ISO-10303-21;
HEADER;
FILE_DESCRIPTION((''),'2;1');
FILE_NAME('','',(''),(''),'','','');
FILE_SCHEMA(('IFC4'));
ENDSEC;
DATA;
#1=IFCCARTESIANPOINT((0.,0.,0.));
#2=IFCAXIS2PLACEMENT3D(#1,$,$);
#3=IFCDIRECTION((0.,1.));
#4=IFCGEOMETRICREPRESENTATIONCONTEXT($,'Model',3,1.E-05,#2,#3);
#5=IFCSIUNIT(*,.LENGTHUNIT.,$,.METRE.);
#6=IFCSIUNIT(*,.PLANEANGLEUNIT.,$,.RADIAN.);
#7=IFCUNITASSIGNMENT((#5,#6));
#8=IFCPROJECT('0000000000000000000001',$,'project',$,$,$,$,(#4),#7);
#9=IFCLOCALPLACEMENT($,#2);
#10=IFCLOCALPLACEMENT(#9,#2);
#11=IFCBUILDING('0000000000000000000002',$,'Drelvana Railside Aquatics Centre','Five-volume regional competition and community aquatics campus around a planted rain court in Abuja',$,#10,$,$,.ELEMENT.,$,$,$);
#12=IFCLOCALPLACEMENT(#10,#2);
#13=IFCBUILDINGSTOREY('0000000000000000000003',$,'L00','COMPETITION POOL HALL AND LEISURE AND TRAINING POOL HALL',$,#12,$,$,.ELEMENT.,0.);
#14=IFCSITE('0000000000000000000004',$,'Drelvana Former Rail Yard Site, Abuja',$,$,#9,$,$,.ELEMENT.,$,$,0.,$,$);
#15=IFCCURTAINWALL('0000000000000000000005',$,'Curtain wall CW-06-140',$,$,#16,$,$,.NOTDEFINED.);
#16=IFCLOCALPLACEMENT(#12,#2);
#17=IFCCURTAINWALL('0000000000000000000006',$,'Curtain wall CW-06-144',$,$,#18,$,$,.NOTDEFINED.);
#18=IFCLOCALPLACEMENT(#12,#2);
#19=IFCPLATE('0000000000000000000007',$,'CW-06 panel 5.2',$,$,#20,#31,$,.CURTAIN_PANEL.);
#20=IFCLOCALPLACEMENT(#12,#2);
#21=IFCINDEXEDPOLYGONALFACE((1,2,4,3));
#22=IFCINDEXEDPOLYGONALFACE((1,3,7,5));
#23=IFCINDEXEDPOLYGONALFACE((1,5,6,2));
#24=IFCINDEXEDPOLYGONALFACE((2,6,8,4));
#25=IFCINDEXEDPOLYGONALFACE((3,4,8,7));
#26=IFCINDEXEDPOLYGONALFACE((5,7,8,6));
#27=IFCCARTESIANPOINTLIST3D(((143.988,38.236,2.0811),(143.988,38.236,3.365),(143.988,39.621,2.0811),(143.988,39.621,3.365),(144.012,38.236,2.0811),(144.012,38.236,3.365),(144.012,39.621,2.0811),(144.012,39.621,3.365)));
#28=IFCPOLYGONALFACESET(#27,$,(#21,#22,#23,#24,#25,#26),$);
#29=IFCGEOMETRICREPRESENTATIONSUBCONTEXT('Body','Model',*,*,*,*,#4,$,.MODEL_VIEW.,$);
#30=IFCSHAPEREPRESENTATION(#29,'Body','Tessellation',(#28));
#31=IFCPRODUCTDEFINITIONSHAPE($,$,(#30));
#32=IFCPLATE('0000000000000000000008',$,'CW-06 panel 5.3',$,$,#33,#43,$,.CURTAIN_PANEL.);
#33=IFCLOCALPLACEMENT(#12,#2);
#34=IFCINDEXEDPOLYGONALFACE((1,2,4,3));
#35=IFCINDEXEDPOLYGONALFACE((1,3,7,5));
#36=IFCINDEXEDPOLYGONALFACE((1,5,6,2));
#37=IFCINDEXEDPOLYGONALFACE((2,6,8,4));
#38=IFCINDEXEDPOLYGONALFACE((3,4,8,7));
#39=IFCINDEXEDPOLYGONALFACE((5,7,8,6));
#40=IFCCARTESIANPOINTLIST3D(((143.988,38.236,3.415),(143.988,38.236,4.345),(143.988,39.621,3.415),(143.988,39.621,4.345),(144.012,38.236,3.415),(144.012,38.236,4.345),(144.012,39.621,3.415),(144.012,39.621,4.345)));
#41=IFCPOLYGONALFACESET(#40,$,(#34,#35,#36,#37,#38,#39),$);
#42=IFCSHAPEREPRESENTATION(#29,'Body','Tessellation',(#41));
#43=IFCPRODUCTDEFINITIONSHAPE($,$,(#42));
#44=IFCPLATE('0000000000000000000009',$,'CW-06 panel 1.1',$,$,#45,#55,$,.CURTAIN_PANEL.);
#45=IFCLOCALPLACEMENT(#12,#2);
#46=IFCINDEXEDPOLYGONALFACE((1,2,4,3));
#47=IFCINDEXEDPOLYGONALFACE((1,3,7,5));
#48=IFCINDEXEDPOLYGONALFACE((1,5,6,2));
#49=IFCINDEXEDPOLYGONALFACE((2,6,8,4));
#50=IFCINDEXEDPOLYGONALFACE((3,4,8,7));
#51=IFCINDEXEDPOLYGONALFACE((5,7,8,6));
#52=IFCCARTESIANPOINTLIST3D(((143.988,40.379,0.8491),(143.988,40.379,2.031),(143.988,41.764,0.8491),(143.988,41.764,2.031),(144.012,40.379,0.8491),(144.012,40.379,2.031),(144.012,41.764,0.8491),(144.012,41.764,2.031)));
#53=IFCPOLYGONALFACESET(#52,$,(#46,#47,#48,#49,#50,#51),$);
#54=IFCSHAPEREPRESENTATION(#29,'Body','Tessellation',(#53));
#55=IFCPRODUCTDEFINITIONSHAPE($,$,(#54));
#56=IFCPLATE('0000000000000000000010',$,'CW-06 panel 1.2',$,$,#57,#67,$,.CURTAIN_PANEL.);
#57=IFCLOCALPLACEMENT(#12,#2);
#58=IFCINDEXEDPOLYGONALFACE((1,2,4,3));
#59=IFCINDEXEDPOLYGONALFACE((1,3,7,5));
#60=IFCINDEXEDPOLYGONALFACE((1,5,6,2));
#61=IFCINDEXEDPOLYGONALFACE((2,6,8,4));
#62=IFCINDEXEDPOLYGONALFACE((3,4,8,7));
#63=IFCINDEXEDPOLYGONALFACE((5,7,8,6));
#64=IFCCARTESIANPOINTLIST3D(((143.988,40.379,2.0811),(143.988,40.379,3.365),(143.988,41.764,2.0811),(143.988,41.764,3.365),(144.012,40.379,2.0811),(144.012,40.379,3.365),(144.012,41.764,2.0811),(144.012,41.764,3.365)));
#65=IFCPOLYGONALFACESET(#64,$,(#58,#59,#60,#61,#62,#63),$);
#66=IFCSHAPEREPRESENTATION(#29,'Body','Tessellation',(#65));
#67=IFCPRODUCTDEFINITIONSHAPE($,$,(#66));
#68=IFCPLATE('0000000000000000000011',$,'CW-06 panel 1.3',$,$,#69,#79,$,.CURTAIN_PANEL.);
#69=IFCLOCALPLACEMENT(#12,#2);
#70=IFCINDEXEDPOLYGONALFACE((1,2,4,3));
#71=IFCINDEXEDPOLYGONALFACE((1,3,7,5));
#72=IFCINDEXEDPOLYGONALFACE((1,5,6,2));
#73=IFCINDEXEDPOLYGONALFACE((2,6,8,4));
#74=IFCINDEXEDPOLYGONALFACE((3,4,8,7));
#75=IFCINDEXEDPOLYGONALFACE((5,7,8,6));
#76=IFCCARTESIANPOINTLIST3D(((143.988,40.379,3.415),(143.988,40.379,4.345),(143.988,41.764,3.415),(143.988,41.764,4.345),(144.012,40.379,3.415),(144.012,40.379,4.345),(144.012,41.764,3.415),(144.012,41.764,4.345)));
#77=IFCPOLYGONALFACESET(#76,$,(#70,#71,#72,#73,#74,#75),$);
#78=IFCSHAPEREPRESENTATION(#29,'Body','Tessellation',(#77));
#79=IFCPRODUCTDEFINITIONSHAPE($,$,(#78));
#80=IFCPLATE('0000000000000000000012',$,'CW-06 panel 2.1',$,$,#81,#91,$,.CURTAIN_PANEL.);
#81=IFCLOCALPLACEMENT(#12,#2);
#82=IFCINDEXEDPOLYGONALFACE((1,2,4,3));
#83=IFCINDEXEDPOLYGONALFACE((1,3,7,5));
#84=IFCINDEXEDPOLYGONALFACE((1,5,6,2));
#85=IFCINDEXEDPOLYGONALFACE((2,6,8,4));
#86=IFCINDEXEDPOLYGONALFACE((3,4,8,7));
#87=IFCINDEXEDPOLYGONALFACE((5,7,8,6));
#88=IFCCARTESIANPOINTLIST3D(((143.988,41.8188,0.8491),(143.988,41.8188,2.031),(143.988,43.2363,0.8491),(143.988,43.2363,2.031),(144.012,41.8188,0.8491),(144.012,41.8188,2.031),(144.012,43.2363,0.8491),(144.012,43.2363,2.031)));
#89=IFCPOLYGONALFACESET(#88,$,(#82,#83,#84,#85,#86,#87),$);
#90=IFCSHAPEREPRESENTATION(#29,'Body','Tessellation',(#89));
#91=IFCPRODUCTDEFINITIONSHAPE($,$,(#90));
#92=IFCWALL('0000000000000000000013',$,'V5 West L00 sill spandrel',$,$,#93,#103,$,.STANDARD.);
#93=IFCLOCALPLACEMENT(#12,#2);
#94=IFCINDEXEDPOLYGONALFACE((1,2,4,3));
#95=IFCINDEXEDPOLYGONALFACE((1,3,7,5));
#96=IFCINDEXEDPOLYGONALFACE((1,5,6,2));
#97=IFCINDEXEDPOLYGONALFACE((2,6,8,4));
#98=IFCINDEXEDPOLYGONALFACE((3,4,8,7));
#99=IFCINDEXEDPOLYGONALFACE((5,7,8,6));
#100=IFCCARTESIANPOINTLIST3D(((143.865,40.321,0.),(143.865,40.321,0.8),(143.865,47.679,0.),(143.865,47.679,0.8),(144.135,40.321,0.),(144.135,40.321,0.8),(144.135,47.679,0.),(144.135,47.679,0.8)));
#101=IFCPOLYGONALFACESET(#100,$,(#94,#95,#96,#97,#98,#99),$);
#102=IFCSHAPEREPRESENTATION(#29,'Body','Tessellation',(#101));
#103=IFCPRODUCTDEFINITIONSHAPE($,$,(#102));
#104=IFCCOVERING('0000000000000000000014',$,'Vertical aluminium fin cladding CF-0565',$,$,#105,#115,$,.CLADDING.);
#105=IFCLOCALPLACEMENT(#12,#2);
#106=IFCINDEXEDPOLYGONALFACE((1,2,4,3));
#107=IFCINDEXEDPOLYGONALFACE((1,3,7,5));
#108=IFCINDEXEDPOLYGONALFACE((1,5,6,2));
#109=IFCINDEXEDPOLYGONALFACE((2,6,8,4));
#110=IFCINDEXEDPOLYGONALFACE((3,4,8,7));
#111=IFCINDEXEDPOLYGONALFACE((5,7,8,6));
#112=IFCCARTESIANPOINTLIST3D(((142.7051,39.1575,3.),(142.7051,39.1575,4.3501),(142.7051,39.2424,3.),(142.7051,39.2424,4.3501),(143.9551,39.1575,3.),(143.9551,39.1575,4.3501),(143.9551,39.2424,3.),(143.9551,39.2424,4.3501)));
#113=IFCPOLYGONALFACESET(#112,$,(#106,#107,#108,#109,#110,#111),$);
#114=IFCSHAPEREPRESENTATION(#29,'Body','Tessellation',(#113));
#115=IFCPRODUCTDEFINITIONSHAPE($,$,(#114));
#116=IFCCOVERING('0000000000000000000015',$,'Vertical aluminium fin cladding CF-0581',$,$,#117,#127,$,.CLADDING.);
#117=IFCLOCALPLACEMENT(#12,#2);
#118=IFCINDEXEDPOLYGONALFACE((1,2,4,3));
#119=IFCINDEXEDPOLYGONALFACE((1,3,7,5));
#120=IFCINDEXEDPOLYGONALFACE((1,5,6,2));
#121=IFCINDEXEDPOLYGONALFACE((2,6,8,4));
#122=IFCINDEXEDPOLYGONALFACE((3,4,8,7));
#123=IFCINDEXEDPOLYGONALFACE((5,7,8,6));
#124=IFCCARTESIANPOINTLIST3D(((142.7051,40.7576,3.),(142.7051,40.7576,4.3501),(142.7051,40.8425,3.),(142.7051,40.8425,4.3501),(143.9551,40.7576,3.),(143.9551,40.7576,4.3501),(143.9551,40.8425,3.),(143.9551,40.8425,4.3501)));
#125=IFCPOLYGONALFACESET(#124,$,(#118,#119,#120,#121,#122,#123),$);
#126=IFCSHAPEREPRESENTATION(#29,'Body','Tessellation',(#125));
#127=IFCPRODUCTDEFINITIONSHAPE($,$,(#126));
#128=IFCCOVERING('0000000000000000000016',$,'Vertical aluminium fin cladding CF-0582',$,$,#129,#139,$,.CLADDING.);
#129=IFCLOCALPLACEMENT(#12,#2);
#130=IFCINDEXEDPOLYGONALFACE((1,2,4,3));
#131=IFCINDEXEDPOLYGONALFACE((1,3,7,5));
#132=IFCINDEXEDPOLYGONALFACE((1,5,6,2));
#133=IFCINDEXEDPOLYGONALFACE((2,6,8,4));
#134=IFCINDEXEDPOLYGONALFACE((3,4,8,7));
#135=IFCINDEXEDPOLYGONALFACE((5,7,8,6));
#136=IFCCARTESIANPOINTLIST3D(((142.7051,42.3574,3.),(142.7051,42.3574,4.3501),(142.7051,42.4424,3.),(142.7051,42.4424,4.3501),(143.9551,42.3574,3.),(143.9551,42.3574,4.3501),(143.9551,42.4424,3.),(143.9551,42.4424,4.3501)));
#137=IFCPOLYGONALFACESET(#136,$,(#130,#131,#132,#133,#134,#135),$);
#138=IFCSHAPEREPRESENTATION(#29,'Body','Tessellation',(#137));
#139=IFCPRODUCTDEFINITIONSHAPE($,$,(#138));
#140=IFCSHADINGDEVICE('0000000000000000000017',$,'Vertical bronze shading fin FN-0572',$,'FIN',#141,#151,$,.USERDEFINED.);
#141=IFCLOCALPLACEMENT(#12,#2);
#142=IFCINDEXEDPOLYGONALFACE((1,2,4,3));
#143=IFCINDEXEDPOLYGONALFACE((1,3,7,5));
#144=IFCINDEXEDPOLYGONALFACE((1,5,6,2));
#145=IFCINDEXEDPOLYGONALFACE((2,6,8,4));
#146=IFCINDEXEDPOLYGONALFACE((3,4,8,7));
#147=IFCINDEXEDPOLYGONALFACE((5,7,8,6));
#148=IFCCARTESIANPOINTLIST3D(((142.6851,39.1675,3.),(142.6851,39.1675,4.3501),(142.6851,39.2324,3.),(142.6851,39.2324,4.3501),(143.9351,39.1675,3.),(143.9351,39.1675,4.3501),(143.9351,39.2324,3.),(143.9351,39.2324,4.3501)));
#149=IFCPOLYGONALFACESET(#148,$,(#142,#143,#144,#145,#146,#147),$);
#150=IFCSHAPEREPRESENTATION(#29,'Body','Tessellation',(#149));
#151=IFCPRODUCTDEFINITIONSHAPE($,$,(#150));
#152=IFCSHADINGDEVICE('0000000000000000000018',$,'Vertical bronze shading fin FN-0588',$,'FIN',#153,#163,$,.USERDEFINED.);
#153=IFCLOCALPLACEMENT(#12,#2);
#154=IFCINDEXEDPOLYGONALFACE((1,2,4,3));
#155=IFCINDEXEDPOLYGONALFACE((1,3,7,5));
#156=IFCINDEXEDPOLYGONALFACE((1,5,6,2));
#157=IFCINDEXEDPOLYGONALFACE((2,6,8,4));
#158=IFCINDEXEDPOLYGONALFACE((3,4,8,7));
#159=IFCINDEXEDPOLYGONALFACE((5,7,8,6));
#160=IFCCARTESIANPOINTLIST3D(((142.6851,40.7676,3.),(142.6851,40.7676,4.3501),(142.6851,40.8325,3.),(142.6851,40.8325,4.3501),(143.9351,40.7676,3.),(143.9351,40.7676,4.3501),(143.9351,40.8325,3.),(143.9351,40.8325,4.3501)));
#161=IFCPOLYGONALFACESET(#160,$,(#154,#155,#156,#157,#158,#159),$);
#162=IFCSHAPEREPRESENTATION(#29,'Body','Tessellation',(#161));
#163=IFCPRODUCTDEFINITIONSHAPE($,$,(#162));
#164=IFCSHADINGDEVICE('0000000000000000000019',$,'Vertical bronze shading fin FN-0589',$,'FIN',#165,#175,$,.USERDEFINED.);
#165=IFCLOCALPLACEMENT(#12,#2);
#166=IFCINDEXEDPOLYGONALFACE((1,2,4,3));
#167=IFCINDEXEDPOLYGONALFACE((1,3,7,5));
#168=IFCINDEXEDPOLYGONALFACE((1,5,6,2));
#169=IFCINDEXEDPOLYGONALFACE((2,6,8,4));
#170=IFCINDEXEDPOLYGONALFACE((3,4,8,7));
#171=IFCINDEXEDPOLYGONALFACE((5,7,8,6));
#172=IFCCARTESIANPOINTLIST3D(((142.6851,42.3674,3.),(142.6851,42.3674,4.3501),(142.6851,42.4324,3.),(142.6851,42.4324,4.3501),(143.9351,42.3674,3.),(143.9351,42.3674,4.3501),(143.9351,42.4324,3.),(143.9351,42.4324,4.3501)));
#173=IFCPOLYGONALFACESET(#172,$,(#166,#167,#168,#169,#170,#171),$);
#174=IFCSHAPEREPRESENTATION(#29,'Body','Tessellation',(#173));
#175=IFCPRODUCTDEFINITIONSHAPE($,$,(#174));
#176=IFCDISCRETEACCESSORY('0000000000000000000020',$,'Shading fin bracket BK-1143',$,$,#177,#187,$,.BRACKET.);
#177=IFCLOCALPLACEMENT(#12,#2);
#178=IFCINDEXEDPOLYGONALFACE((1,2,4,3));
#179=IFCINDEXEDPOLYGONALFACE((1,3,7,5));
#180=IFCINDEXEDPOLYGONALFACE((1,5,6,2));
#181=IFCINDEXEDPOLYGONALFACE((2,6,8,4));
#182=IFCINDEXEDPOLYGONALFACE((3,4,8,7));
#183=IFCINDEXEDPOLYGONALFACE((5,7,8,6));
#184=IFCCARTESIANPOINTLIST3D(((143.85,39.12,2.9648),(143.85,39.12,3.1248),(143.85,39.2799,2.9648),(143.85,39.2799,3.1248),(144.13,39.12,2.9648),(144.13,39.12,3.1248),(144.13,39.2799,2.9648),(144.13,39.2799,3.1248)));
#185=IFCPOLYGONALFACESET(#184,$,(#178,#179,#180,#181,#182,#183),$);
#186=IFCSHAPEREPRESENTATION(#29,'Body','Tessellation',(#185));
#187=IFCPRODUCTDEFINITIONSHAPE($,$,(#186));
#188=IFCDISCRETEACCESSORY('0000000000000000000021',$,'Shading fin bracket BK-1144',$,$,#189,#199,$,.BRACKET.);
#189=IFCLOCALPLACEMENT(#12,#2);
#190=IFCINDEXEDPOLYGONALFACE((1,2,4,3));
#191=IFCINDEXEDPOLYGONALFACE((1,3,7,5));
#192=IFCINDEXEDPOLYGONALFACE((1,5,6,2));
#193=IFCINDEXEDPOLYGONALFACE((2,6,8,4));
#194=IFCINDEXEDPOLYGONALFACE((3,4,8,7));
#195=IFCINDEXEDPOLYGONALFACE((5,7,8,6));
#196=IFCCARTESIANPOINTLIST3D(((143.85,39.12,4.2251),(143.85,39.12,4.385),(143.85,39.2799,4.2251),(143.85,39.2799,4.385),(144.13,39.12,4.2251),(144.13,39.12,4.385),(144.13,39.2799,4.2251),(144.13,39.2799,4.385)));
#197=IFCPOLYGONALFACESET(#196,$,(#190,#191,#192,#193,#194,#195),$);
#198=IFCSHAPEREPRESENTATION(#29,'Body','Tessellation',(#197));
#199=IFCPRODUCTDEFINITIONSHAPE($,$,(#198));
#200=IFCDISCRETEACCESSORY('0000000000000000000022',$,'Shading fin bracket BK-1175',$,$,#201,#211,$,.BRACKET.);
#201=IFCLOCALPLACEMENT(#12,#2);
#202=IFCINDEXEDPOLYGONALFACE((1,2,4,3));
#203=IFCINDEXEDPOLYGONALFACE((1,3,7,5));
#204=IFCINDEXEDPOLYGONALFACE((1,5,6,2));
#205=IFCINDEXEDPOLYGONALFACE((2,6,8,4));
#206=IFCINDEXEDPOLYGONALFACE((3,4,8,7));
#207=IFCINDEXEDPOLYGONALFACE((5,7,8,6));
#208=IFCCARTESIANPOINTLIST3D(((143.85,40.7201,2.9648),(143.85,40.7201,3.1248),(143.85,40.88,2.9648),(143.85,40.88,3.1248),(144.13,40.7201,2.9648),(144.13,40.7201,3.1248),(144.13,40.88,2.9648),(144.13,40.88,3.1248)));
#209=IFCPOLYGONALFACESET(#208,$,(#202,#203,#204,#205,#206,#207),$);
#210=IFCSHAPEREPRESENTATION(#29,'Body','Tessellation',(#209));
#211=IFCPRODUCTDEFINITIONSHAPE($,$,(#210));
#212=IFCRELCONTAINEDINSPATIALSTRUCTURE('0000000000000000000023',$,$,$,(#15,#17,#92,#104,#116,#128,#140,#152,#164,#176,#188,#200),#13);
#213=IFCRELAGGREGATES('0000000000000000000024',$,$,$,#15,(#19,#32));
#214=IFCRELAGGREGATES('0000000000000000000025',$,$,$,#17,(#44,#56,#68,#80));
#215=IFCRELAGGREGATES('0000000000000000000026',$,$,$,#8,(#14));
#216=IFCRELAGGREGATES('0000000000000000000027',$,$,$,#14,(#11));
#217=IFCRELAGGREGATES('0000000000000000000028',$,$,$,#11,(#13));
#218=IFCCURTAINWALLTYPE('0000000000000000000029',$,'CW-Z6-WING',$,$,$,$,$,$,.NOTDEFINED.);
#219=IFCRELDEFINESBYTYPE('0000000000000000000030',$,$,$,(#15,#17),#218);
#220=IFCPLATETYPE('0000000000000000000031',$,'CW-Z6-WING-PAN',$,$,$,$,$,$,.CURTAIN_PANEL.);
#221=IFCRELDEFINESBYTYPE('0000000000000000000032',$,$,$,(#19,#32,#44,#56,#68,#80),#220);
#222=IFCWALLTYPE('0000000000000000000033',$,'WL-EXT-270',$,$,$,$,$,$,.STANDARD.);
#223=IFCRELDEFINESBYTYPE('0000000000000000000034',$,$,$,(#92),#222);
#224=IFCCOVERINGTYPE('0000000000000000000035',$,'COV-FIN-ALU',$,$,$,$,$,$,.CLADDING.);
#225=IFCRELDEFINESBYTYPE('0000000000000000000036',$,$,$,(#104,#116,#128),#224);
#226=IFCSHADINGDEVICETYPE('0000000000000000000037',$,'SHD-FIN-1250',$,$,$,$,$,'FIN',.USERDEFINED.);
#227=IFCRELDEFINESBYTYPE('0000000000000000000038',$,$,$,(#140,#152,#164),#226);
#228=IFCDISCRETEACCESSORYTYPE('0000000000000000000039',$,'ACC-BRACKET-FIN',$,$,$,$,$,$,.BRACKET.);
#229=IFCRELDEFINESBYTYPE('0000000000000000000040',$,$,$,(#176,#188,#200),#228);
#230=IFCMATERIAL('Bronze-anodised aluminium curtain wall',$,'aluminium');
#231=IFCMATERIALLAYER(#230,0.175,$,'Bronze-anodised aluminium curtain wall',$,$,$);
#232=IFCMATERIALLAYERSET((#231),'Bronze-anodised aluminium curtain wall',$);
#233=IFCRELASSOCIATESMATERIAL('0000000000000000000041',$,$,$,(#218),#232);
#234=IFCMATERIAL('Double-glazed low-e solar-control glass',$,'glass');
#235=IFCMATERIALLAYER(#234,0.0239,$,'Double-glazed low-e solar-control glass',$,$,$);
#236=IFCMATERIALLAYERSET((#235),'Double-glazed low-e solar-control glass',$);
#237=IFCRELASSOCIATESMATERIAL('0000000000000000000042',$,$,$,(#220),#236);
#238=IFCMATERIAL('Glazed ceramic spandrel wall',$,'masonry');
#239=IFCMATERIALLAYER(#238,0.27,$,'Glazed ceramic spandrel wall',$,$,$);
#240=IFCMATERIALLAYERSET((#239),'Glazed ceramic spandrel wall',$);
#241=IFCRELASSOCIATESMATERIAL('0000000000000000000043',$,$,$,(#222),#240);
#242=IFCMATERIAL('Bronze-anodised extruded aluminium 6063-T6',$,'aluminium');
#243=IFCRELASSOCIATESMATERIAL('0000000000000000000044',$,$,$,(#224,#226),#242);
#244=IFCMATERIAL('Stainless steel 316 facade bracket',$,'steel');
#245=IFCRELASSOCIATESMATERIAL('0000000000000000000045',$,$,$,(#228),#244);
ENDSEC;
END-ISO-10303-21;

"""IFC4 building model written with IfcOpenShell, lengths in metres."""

from ifc_helpers import new_model, si_unit, direction, frame, frame_2d, origin, origin_2d, place, context, subcontext, project, spatial, rectangle, extrude, material, layer, layer_set, type_object, element, aggregate, save


model = new_model("IFC4")

# Units and contexts
model_context = context("Model", 3, precision=1e-05, world=origin(), true_north=direction((0.0, 1.0)))
body_context = subcontext(model_context, "Body", "Model", "MODEL_VIEW")
ifc_project = project(units=[si_unit("LENGTHUNIT", "METRE"), si_unit("PLANEANGLEUNIT", "RADIAN")], contexts=[model_context])

# Site, building, storey
site_placement = place(None, origin())
site = spatial("IfcSite", under=ifc_project, at=site_placement, Name="Drelvana Former Rail Yard Site, Abuja", CompositionType="ELEMENT", RefElevation=0.0)
building_placement = place(site_placement, origin())
building = spatial("IfcBuilding", under=site, at=building_placement, Name="Drelvana Railside Aquatics Centre", Description="Five-volume regional competition and community aquatics campus around a planted rain court in Abuja", CompositionType="ELEMENT")
storey_placement = place(building_placement, origin())
storey = spatial("IfcBuildingStorey", under=building, at=storey_placement, Name="L00", Description="COMPETITION POOL HALL AND LEISURE AND TRAINING POOL HALL", CompositionType="ELEMENT", Elevation=0.0)

# Curtain wall
ifc_material_1 = material(Name="Bronze-anodised aluminium curtain wall", Category="aluminium")
ifc_layer_1 = layer(ifc_material_1, 0.175, Name="Bronze-anodised aluminium curtain wall")
ifc_layer_set_1 = layer_set([ifc_layer_1], Name="Bronze-anodised aluminium curtain wall")
curtain_wall_type = type_object("IfcCurtainWallType", Name="CW-Z6-WING", PredefinedType="NOTDEFINED", material=ifc_layer_set_1)
curtain_wall_1_placement = place(storey_placement, origin())
curtain_wall_1 = element("IfcCurtainWall", 1, at=curtain_wall_1_placement, inside=storey, type_object=curtain_wall_type, Name="Curtain wall CW-06-140", PredefinedType="NOTDEFINED")

# Curtain wall
curtain_wall_2_placement = place(storey_placement, origin())
curtain_wall_2 = element("IfcCurtainWall", 2, at=curtain_wall_2_placement, inside=storey, type_object=curtain_wall_type, Name="Curtain wall CW-06-144", PredefinedType="NOTDEFINED")

# Plates
ifc_material_2 = material(Name="Double-glazed low-e solar-control glass", Category="glass")
ifc_layer_2 = layer(ifc_material_2, 0.0239, Name="Double-glazed low-e solar-control glass")
ifc_layer_set_2 = layer_set([ifc_layer_2], Name="Double-glazed low-e solar-control glass")
plate_type = type_object("IfcPlateType", Name="CW-Z6-WING-PAN", PredefinedType="CURTAIN_PANEL", material=ifc_layer_set_2)
plate_1_placement = place(storey_placement, frame((144.0, 38.9285, 2.0811), z_axis=(0.0, 0.0, 1.0), x_axis=(0.0, 1.0, 0.0)))
plate_1 = element("IfcPlate", 3, at=plate_1_placement, type_object=plate_type, Name="CW-06 panel 5.2", PredefinedType="CURTAIN_PANEL", context=body_context, shape_type="SweptSolid", body=[
    extrude(rectangle(XDim=1.385, YDim=0.0239, at=origin_2d()), origin(), (0.0, 0.0, 1.0), 1.2839),
])
plate_2_placement = place(storey_placement, frame((144.0, 38.9285, 3.415), z_axis=(0.0, 0.0, 1.0), x_axis=(0.0, 1.0, 0.0)))
plate_2 = element("IfcPlate", 4, at=plate_2_placement, type_object=plate_type, Name="CW-06 panel 5.3", PredefinedType="CURTAIN_PANEL", context=body_context, shape_type="SweptSolid", body=[
    extrude(rectangle(XDim=1.385, YDim=0.0239, at=origin_2d()), origin(), (0.0, 0.0, 1.0), 0.9299),
])
aggregate(curtain_wall_1, [plate_1, plate_2])
plate_3_placement = place(storey_placement, frame((144.0, 41.0715, 0.8491), z_axis=(0.0, 0.0, 1.0), x_axis=(0.0, 1.0, 0.0)))
plate_3 = element("IfcPlate", 5, at=plate_3_placement, type_object=plate_type, Name="CW-06 panel 1.1", PredefinedType="CURTAIN_PANEL", context=body_context, shape_type="SweptSolid", body=[
    extrude(rectangle(XDim=1.385, YDim=0.0239, at=origin_2d()), origin(), (0.0, 0.0, 1.0), 1.1819),
])
plate_4_placement = place(storey_placement, frame((144.0, 41.0715, 2.0811), z_axis=(0.0, 0.0, 1.0), x_axis=(0.0, 1.0, 0.0)))
plate_4 = element("IfcPlate", 6, at=plate_4_placement, type_object=plate_type, Name="CW-06 panel 1.2", PredefinedType="CURTAIN_PANEL", context=body_context, shape_type="SweptSolid", body=[
    extrude(rectangle(XDim=1.385, YDim=0.0239, at=origin_2d()), origin(), (0.0, 0.0, 1.0), 1.2839),
])
plate_5_placement = place(storey_placement, frame((144.0, 41.0715, 3.415), z_axis=(0.0, 0.0, 1.0), x_axis=(0.0, 1.0, 0.0)))
plate_5 = element("IfcPlate", 7, at=plate_5_placement, type_object=plate_type, Name="CW-06 panel 1.3", PredefinedType="CURTAIN_PANEL", context=body_context, shape_type="SweptSolid", body=[
    extrude(rectangle(XDim=1.385, YDim=0.0239, at=origin_2d()), origin(), (0.0, 0.0, 1.0), 0.9299),
])
plate_6_placement = place(storey_placement, frame((144.0, 42.5276, 0.8491), z_axis=(0.0, 0.0, 1.0), x_axis=(0.0, 1.0, 0.0)))
plate_6 = element("IfcPlate", 8, at=plate_6_placement, type_object=plate_type, Name="CW-06 panel 2.1", PredefinedType="CURTAIN_PANEL", context=body_context, shape_type="SweptSolid", body=[
    extrude(rectangle(XDim=1.4175, YDim=0.0239, at=origin_2d()), origin(), (0.0, 0.0, 1.0), 1.1819),
])
aggregate(curtain_wall_2, [plate_3, plate_4, plate_5, plate_6])

# Wall
ifc_material_3 = material(Name="Glazed ceramic spandrel wall", Category="masonry")
ifc_layer_3 = layer(ifc_material_3, 0.27, Name="Glazed ceramic spandrel wall")
ifc_layer_set_3 = layer_set([ifc_layer_3], Name="Glazed ceramic spandrel wall")
wall_type = type_object("IfcWallType", Name="WL-EXT-270", PredefinedType="STANDARD", material=ifc_layer_set_3)
wall_placement = place(storey_placement, frame((144.0, 40.321, 0.0), z_axis=(0.0, 0.0, 1.0), x_axis=(0.0, 1.0, 0.0)))
element("IfcWall", 9, at=wall_placement, inside=storey, type_object=wall_type, Name="V5 West L00 sill spandrel", PredefinedType="STANDARD", context=body_context, shape_type="SweptSolid", body=[
    extrude(rectangle(XDim=7.3579, YDim=0.27, at=frame_2d((3.679, 0.0))), origin(), (0.0, 0.0, 1.0), 0.8),
])

# Coverings
ifc_material_4 = material(Name="Bronze-anodised extruded aluminium 6063-T6", Category="aluminium")
covering_type = type_object("IfcCoveringType", Name="COV-FIN-ALU", PredefinedType="CLADDING", material=ifc_material_4)
for number, where, z_axis, x_axis, name in (
    (10, (143.3301, 39.2, 3.0), (0.0, 0.0, 1.0), (0.0, 1.0, 0.0), "Vertical aluminium fin cladding CF-0565"),
    (11, (143.3301, 40.8, 3.0), (0.0, 0.0, 1.0), (0.0, 1.0, 0.0), "Vertical aluminium fin cladding CF-0581"),
    (12, (143.3301, 42.3999, 3.0), (0.0, 0.0, 1.0), (0.0, 1.0, 0.0), "Vertical aluminium fin cladding CF-0582"),
):
    element("IfcCovering", number, at=place(storey_placement, frame(where, z_axis=z_axis, x_axis=x_axis)), inside=storey, type_object=covering_type, Name=name, PredefinedType="CLADDING", context=body_context, shape_type="SweptSolid", body=[
        extrude(rectangle(XDim=0.085, YDim=1.25, at=origin_2d()), origin(), (0.0, 0.0, 1.0), 1.3501),
    ])

# Shading devices
shading_device_type = type_object("IfcShadingDeviceType", Name="SHD-FIN-1250", ElementType="FIN", PredefinedType="USERDEFINED", material=ifc_material_4)
for number, where, z_axis, x_axis, name in (
    (13, (143.3101, 39.2, 3.0), (0.0, 0.0, 1.0), (-1.0, 0.0, 0.0), "Vertical bronze shading fin FN-0572"),
    (14, (143.3101, 40.8, 3.0), (0.0, 0.0, 1.0), (-1.0, 0.0, 0.0), "Vertical bronze shading fin FN-0588"),
    (15, (143.3101, 42.3999, 3.0), (0.0, 0.0, 1.0), (-1.0, 0.0, 0.0), "Vertical bronze shading fin FN-0589"),
):
    element("IfcShadingDevice", number, at=place(storey_placement, frame(where, z_axis=z_axis, x_axis=x_axis)), inside=storey, type_object=shading_device_type, Name=name, ObjectType="FIN", PredefinedType="USERDEFINED", context=body_context, shape_type="SweptSolid", body=[
        extrude(rectangle(XDim=1.25, YDim=0.0649, at=origin_2d()), origin(), (0.0, 0.0, 1.0), 1.3501),
    ])

# Discrete accessories
ifc_material_5 = material(Name="Stainless steel 316 facade bracket", Category="steel")
discrete_accessory_type = type_object("IfcDiscreteAccessoryType", Name="ACC-BRACKET-FIN", PredefinedType="BRACKET", material=ifc_material_5)
for number, where, z_axis, x_axis, name in (
    (16, (143.99, 39.2, 2.9648), (0.0, 0.0, 1.0), (-1.0, 0.0, 0.0), "Shading fin bracket BK-1143"),
    (17, (143.99, 39.2, 4.2251), (0.0, 0.0, 1.0), (-1.0, 0.0, 0.0), "Shading fin bracket BK-1144"),
    (18, (143.99, 40.8, 2.9648), (0.0, 0.0, 1.0), (-1.0, 0.0, 0.0), "Shading fin bracket BK-1175"),
):
    element("IfcDiscreteAccessory", number, at=place(storey_placement, frame(where, z_axis=z_axis, x_axis=x_axis)), inside=storey, type_object=discrete_accessory_type, Name=name, PredefinedType="BRACKET", context=body_context, shape_type="SweptSolid", body=[
        extrude(rectangle(XDim=0.28, YDim=0.1599, at=origin_2d()), origin(), (0.0, 0.0, 1.0), 0.1599),
    ])

save(model, "model.ifc")
